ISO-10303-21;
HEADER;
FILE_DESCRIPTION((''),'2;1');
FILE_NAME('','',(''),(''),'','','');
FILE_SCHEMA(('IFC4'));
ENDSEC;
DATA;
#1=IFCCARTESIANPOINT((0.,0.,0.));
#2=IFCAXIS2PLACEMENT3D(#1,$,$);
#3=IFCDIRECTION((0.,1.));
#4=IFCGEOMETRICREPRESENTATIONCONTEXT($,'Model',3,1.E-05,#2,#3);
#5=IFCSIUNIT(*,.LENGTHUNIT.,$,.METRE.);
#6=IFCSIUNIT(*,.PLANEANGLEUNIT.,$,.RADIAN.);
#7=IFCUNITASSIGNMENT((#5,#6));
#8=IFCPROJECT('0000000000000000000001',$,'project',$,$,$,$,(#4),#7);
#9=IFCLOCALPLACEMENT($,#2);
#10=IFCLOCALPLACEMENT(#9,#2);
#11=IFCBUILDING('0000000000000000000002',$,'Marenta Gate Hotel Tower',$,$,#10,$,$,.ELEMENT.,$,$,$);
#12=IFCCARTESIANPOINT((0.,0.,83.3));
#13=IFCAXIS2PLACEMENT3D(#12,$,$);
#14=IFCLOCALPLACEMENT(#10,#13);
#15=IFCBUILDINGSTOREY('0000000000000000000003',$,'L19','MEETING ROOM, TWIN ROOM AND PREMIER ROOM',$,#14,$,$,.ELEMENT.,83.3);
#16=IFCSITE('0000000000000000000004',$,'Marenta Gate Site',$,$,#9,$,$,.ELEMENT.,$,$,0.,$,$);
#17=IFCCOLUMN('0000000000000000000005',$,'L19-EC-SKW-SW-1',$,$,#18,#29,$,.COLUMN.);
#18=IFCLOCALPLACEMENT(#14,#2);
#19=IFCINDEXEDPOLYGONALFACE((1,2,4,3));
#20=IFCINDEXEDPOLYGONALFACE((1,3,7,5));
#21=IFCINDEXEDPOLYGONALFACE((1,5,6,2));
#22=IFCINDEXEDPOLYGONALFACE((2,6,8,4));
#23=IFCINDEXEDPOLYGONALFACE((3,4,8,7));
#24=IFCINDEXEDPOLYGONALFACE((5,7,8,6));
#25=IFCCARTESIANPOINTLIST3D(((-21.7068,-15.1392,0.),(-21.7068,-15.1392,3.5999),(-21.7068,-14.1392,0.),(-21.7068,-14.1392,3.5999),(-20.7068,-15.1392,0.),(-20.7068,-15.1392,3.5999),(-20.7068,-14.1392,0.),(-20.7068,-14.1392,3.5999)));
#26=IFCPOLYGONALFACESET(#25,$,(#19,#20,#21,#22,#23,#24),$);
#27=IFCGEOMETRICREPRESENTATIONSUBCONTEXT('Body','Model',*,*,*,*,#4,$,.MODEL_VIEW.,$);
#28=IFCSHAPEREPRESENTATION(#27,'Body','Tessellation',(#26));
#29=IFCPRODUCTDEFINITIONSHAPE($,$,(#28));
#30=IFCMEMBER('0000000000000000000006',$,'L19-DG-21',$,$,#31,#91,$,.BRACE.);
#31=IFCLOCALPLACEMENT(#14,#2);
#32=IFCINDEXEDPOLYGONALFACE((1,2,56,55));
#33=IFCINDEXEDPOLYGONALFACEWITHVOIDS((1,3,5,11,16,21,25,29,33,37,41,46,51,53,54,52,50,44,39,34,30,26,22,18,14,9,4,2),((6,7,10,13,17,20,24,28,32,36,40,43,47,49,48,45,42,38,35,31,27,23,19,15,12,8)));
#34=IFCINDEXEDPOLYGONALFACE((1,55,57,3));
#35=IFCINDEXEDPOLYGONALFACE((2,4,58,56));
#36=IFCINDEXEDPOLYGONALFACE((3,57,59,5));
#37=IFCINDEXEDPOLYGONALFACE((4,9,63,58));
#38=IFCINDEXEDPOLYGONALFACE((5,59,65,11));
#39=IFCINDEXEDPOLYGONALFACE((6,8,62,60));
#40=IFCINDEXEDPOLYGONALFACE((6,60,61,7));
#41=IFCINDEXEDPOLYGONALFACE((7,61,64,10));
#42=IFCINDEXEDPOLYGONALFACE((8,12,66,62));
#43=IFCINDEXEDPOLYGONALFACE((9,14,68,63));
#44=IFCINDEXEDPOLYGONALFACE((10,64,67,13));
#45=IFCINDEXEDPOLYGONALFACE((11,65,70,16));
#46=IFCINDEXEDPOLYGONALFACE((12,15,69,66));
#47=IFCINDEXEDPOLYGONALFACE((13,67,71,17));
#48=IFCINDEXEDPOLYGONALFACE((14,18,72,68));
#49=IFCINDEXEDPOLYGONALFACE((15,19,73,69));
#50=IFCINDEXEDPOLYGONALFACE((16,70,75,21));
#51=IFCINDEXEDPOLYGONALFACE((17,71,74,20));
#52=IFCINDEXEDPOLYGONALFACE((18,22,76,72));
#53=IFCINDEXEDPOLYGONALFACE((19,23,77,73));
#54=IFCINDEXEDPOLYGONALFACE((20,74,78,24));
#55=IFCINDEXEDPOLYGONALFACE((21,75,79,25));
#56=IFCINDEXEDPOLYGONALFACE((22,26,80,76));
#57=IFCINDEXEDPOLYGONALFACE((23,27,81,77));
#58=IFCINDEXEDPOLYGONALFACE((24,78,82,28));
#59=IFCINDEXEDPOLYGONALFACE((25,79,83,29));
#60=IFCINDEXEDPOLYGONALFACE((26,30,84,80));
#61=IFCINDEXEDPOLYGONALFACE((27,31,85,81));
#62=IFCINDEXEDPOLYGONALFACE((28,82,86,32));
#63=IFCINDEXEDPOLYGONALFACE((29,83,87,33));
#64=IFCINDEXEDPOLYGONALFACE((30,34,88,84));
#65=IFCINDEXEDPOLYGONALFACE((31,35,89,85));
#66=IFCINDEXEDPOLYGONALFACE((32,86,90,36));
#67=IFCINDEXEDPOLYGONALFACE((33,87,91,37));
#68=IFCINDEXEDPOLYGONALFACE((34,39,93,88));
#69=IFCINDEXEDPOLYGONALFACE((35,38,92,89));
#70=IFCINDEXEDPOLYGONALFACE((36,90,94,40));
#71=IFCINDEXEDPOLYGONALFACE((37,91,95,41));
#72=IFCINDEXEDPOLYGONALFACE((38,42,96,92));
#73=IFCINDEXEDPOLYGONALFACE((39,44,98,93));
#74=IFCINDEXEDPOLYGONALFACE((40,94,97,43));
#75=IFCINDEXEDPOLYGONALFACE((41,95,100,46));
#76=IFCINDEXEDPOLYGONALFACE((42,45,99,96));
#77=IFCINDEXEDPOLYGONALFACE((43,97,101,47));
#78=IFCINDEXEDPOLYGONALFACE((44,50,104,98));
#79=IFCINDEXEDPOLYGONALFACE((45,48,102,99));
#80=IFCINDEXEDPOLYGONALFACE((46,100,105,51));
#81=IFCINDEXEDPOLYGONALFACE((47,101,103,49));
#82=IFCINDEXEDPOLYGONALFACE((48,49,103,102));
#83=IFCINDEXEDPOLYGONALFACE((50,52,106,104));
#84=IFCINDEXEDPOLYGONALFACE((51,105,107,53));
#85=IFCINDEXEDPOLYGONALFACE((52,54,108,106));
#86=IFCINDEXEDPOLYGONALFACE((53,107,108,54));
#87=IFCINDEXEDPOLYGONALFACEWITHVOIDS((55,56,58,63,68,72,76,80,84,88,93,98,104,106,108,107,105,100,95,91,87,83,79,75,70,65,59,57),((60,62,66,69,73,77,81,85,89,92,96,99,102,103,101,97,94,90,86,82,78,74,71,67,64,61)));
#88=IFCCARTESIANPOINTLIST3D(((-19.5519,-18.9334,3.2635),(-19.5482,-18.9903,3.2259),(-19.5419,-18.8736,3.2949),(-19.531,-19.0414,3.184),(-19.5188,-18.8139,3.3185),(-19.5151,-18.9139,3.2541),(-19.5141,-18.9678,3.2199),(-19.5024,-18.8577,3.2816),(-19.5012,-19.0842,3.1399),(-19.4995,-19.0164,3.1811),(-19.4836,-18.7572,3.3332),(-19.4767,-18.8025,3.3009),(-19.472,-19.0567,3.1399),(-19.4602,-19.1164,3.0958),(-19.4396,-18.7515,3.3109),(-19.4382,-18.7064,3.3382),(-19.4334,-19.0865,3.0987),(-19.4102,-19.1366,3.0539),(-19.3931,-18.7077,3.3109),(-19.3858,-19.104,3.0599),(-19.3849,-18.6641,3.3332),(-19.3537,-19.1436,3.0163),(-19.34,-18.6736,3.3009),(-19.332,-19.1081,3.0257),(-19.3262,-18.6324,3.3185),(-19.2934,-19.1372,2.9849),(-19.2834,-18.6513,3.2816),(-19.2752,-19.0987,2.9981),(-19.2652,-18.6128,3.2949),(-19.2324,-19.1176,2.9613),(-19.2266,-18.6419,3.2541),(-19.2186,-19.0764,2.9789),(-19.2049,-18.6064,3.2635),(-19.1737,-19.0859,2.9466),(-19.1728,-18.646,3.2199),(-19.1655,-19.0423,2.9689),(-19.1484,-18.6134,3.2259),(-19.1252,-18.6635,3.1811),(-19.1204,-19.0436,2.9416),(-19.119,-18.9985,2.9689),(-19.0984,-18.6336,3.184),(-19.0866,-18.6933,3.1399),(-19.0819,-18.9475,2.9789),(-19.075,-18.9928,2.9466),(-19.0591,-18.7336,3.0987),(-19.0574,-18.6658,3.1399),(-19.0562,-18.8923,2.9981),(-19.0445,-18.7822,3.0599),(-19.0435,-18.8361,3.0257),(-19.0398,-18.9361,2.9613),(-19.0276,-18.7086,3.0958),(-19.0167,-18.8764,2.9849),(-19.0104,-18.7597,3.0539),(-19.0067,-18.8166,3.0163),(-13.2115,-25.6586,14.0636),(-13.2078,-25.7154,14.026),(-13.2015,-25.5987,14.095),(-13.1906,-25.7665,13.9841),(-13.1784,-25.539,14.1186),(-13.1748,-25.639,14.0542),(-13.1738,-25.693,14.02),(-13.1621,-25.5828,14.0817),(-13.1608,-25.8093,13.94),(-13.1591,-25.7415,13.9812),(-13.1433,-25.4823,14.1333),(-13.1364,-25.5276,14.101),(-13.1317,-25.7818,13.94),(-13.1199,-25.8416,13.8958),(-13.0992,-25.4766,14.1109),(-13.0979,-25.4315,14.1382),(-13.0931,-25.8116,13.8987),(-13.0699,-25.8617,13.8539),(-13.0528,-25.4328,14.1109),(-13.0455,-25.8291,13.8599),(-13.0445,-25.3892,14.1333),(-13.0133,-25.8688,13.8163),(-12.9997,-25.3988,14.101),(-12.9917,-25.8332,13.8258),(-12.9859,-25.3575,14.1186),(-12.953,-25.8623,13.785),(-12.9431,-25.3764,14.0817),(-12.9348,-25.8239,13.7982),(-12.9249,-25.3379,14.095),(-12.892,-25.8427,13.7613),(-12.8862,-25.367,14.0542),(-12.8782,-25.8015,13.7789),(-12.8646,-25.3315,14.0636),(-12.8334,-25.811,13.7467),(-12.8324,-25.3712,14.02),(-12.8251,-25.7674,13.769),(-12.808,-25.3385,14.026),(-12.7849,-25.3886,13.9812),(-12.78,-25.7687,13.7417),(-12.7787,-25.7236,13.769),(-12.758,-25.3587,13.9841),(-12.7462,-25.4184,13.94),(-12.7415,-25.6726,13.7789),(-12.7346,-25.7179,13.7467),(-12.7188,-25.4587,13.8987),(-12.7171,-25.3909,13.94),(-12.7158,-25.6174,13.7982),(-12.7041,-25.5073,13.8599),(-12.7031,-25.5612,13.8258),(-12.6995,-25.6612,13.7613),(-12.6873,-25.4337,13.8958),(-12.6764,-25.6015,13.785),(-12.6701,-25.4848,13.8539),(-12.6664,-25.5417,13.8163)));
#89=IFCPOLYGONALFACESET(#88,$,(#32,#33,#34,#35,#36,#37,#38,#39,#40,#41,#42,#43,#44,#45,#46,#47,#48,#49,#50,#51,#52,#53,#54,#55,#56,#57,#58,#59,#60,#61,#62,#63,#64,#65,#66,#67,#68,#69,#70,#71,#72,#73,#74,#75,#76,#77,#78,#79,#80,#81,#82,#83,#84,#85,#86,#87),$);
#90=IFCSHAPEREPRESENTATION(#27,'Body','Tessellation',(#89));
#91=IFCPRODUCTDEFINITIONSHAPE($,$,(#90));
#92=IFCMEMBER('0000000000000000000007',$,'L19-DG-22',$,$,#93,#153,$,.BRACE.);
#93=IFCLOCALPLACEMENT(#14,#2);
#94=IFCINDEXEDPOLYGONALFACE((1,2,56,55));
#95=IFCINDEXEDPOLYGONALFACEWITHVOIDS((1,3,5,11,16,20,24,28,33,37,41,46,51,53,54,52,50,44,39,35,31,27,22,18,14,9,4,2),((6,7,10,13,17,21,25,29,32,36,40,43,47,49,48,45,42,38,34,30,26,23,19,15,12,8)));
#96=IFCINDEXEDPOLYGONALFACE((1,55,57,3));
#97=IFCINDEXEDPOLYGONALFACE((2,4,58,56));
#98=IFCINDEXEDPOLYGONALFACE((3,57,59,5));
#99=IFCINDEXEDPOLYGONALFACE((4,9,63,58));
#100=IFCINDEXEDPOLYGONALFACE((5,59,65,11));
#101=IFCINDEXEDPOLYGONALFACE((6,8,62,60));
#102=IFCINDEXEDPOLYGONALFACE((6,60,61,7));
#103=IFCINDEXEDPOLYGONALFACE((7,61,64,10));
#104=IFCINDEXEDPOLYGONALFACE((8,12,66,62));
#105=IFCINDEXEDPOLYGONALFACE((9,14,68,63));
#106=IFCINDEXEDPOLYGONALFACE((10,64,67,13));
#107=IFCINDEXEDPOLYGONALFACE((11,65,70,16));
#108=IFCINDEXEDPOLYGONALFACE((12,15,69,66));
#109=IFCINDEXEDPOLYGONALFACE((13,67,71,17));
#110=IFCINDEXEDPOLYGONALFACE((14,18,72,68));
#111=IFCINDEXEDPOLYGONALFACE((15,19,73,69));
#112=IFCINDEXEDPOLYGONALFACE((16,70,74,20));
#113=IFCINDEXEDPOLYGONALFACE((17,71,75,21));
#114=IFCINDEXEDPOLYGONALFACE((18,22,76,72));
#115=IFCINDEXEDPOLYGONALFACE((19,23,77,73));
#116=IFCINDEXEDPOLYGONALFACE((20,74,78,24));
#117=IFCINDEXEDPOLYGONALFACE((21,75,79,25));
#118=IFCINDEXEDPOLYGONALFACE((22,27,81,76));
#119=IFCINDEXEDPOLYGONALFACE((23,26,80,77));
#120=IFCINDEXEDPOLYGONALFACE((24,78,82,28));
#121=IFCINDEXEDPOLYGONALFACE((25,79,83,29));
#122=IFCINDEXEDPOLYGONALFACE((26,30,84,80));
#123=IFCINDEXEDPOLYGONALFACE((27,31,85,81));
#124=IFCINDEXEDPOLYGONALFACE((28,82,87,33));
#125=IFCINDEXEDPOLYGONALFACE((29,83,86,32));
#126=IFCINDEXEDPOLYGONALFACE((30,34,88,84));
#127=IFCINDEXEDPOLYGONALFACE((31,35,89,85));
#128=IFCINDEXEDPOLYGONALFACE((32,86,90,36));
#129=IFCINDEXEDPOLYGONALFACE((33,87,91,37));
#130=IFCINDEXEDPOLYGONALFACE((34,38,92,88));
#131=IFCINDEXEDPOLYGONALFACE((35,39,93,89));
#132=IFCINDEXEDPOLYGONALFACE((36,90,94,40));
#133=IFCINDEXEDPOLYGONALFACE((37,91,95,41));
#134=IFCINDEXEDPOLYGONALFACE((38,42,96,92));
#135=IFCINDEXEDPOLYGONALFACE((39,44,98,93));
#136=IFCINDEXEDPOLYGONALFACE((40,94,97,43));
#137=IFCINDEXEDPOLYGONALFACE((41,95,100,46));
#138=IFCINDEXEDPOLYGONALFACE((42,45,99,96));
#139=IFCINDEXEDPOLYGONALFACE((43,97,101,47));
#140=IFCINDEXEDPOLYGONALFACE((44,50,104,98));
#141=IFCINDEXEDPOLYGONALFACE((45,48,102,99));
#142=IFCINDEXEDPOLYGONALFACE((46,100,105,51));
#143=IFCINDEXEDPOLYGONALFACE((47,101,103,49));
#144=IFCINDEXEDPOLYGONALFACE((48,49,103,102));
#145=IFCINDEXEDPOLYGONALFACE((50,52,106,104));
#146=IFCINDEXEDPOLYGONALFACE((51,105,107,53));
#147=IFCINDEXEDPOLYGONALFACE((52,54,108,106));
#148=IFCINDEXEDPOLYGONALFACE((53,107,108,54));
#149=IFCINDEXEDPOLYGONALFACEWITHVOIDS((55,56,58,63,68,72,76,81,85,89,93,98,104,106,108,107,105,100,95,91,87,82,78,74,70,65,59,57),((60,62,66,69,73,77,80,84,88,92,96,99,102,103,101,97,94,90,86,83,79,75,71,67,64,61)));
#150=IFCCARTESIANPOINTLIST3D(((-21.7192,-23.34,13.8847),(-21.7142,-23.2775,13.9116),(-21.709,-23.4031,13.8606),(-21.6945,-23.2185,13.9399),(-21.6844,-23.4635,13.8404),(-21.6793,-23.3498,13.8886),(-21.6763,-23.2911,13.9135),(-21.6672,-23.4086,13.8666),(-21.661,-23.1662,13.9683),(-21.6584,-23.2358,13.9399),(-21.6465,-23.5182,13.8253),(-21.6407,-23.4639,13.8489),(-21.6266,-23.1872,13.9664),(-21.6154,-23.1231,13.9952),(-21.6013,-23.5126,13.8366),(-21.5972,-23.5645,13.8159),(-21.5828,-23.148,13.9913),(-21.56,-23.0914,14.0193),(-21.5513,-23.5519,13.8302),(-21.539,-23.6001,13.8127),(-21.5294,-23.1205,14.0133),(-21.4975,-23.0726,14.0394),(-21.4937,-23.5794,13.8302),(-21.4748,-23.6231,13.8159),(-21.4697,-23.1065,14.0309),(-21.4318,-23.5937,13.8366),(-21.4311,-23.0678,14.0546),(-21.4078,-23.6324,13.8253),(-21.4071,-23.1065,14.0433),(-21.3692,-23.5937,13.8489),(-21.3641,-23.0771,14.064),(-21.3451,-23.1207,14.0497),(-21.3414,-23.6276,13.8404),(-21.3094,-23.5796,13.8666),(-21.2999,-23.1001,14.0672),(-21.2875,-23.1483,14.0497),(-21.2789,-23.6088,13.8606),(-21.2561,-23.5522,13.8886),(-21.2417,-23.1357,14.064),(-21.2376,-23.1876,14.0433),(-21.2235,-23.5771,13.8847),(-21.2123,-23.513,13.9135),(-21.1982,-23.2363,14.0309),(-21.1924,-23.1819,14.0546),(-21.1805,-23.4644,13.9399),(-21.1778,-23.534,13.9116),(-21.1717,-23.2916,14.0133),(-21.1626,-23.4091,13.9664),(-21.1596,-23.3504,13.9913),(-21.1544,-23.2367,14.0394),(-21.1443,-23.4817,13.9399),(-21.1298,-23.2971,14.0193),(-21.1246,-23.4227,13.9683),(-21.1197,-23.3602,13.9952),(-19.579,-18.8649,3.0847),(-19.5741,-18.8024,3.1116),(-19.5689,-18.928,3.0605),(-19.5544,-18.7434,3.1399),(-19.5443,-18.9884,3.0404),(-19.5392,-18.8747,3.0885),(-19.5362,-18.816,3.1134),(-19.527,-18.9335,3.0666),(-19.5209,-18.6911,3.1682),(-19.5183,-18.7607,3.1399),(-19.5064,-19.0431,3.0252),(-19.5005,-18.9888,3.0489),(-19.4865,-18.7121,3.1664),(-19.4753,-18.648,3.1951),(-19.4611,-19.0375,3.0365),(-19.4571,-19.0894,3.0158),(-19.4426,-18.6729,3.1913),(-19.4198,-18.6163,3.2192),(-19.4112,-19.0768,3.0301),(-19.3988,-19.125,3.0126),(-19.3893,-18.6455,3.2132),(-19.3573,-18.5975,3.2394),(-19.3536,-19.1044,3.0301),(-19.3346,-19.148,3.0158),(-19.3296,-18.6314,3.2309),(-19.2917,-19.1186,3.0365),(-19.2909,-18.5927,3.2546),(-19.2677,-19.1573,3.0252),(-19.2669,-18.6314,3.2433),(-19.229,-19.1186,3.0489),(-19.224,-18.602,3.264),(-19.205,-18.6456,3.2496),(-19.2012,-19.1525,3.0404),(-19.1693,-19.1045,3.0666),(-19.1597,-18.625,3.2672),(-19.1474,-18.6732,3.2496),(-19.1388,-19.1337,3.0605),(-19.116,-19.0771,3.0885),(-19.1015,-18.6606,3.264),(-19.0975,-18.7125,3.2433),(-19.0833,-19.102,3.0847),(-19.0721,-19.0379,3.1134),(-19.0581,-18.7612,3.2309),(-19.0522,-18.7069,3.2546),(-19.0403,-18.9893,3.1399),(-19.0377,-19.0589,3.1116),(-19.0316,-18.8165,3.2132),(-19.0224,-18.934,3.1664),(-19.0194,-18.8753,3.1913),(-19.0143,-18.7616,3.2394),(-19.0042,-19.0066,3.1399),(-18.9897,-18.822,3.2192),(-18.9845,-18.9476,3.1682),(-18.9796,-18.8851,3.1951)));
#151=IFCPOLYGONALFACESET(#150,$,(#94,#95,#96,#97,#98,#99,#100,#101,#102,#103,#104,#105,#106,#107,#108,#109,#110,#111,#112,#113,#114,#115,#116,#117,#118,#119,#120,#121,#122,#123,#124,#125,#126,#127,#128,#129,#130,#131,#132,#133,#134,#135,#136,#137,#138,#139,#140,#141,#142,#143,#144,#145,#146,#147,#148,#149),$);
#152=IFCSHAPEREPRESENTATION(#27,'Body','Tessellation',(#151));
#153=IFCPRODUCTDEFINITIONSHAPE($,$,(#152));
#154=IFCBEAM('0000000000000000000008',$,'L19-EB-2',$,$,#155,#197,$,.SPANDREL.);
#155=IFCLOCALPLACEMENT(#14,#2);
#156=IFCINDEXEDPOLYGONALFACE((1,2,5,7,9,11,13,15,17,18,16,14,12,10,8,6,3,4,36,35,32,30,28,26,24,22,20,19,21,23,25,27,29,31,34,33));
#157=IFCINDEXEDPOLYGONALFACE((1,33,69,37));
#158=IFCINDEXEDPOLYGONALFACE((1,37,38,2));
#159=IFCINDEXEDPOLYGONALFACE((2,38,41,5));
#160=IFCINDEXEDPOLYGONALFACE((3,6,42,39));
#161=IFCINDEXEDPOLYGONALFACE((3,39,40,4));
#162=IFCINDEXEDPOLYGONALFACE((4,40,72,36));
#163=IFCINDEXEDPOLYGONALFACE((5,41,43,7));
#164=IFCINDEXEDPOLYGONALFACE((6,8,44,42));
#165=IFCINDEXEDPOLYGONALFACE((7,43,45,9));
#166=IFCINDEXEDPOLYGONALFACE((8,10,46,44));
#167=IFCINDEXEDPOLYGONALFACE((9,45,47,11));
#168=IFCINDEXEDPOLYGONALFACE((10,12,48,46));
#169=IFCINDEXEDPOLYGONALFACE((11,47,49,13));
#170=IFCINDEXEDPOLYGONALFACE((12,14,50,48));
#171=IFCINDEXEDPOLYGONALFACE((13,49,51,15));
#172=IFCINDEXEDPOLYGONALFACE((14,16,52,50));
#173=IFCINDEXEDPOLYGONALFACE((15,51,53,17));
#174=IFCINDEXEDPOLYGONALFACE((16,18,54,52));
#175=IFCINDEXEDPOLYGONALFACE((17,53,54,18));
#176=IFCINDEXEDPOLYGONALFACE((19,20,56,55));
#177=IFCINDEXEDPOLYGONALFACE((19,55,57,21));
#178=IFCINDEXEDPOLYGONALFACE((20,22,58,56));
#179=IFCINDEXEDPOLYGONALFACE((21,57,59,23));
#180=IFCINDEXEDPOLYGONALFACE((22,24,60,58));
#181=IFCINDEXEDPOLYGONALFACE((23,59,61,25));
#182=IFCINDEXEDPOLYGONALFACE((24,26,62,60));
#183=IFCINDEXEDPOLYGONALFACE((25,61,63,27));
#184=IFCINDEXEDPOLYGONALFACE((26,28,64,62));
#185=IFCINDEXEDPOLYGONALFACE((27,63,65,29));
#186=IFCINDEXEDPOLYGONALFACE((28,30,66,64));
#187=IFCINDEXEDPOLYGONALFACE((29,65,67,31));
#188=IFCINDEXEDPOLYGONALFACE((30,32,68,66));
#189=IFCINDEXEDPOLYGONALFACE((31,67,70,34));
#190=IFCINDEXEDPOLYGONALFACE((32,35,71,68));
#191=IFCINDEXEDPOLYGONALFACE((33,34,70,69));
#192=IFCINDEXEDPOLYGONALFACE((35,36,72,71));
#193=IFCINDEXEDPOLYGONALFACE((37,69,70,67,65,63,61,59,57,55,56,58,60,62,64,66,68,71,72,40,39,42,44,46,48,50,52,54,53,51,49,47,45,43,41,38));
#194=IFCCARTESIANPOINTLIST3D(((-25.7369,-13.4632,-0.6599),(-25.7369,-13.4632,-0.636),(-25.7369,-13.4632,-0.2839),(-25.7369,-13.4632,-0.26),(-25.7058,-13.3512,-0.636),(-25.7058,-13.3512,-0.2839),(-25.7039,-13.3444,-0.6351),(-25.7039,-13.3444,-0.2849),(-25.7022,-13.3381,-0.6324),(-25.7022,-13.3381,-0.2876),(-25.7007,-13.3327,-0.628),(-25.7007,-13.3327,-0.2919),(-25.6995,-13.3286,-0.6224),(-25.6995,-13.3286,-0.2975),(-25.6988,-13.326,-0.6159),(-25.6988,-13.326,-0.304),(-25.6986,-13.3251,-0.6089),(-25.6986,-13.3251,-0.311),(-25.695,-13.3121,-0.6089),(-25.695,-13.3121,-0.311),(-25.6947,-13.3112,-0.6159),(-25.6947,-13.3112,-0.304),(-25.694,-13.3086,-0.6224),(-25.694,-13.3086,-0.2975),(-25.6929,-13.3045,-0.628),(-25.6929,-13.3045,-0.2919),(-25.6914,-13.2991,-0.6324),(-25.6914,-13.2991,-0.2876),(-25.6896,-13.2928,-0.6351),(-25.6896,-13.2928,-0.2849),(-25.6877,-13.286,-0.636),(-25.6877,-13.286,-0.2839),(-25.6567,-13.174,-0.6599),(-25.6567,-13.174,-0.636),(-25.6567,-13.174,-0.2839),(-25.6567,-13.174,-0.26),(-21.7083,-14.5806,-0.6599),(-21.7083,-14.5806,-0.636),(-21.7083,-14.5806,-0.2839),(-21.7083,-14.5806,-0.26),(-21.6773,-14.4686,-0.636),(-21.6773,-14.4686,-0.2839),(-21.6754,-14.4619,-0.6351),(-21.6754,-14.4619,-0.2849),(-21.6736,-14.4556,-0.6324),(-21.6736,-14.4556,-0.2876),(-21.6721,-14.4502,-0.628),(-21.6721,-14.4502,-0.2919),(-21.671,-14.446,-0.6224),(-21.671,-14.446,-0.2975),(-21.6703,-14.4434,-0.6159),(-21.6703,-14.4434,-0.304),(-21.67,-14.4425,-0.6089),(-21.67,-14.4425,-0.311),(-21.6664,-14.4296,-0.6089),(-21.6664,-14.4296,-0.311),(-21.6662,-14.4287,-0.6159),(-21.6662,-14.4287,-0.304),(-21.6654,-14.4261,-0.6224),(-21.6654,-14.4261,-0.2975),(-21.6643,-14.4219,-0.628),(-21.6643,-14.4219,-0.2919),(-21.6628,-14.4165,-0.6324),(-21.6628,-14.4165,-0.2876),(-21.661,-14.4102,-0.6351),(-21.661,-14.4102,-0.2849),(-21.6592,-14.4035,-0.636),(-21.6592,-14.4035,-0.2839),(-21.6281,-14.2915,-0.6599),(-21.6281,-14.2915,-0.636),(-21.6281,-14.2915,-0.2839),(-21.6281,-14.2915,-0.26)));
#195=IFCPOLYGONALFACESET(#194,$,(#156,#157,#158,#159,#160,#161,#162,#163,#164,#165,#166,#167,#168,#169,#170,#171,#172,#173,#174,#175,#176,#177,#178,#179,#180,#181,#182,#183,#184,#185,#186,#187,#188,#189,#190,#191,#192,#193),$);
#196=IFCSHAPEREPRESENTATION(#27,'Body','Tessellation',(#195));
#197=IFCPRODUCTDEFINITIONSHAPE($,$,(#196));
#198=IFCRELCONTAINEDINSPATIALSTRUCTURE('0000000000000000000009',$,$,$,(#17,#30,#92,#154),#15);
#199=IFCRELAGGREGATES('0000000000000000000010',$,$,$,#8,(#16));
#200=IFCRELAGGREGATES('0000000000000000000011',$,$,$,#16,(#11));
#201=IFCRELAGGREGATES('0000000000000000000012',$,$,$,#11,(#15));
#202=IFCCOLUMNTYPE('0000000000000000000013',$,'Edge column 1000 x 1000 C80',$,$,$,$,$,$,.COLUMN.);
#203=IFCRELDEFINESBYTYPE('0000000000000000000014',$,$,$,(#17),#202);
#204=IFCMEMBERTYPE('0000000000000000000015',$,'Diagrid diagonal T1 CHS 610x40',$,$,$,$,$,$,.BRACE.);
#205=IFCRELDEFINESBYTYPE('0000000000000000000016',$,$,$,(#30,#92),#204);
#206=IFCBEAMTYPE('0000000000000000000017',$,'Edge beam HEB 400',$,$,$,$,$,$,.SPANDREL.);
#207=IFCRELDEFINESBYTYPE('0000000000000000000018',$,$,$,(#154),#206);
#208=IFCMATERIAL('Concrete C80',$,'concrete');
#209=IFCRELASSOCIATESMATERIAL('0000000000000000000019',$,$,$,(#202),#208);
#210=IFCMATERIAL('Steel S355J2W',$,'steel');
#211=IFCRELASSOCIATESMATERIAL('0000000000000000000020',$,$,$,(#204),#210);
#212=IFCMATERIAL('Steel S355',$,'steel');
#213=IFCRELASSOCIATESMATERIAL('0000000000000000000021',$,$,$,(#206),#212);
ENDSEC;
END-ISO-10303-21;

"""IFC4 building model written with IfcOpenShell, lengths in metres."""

from ifc_helpers import new_model, si_unit, direction, frame, origin, origin_2d, place, context, subcontext, project, spatial, rectangle, hollow_circle, i_section, extrude, material, material_profile, profile_set, type_object, element, save


model = new_model("IFC4")

# Units and contexts
model_context = context("Model", 3, precision=1e-05, world=origin(), true_north=direction((0.0, 1.0)))
body_context = subcontext(model_context, "Body", "Model", "MODEL_VIEW")
ifc_project = project(units=[si_unit("LENGTHUNIT", "METRE"), si_unit("PLANEANGLEUNIT", "RADIAN")], contexts=[model_context])

# Site, building, storey
site_placement = place(None, origin())
site = spatial("IfcSite", under=ifc_project, at=site_placement, Name="Marenta Gate Site", CompositionType="ELEMENT", RefElevation=0.0)
building_placement = place(site_placement, origin())
building = spatial("IfcBuilding", under=site, at=building_placement, Name="Marenta Gate Hotel Tower", CompositionType="ELEMENT")
storey_placement = place(building_placement, frame((0.0, 0.0, 83.3)))
storey = spatial("IfcBuildingStorey", under=building, at=storey_placement, Name="L19", Description="MEETING ROOM, TWIN ROOM AND PREMIER ROOM", CompositionType="ELEMENT", Elevation=83.3)

# Column
ifc_material_1 = material(Name="Concrete C80", Category="concrete")
ifc_material_profile_1 = material_profile(ifc_material_1, rectangle(XDim=1.0, YDim=1.0, at=origin_2d()), Name="1000 x 1000")
ifc_profile_set_1 = profile_set([ifc_material_profile_1], Name="Concrete C80")
column_type = type_object("IfcColumnType", Name="Edge column 1000 x 1000 C80", PredefinedType="COLUMN", material=ifc_profile_set_1)
column_placement = place(storey_placement, frame((-21.2068, -14.6392, 0.0), z_axis=(0.0, 0.0, 1.0), x_axis=(1.0, 0.0, 0.0)))
element("IfcColumn", 1, at=column_placement, inside=storey, type_object=column_type, Name="L19-EC-SKW-SW-1", PredefinedType="COLUMN", context=body_context, shape_type="SweptSolid", body=[
    extrude(rectangle(XDim=1.0, YDim=1.0, at=origin_2d()), origin(), (0.0, 0.0, 1.0), 3.5999),
])

# Members
ifc_material_2 = material(Name="Steel S355J2W", Category="steel")
ifc_material_profile_2 = material_profile(ifc_material_2, hollow_circle(Radius=0.3049, WallThickness=0.04, at=origin_2d()), Name="CHS 610x40")
ifc_profile_set_2 = profile_set([ifc_material_profile_2], Name="Steel S355J2W")
member_type_1 = type_object("IfcMemberType", Name="Diagrid diagonal T1 CHS 610x40", PredefinedType="BRACE", material=ifc_profile_set_2)
member_1_placement = place(storey_placement, frame((-19.2793, -18.875, 3.1399), z_axis=(0.446029, -0.473097, 0.759761), x_axis=(0.727615, 0.685986, 0.0)))
element("IfcMember", 2, at=member_1_placement, inside=storey, type_object=member_type_1, Name="L19-DG-21", PredefinedType="BRACE", context=body_context, shape_type="SweptSolid", body=[
    extrude(hollow_circle(Radius=0.3049, WallThickness=0.04, at=origin_2d()), origin(), (0.0, 0.0, 1.0), 14.2151),
])
member_2_placement = place(storey_placement, frame((-19.2793, -18.875, 3.1399), z_axis=(-0.180074, -0.376541, 0.90873), x_axis=(0.902144, -0.431435, 0.0)))
element("IfcMember", 3, at=member_2_placement, inside=storey, type_object=member_type_1, Name="L19-DG-22", PredefinedType="BRACE", context=body_context, shape_type="SweptSolid", body=[
    extrude(hollow_circle(Radius=0.3049, WallThickness=0.04, at=origin_2d()), origin(), (0.0, 0.0, 1.0), 11.8848),
])

# Beam
ifc_material_3 = material(Name="Steel S355", Category="steel")
ifc_material_profile_3 = material_profile(ifc_material_3, i_section(OverallWidth=0.3, OverallDepth=0.3999, WebThickness=0.0134, FlangeThickness=0.0239, FilletRadius=0.0271, at=origin_2d()), Name="HEB 400")
ifc_profile_set_3 = profile_set([ifc_material_profile_3], Name="Steel S355")
beam_type = type_object("IfcBeamType", Name="Edge beam HEB 400", PredefinedType="SPANDREL", material=ifc_profile_set_3)
beam_placement = place(storey_placement, frame((-21.6682, -14.436, -0.46), z_axis=(-0.963617, 0.267285, 0.0), x_axis=(-0.267285, -0.963617, 0.0)))
element("IfcBeam", 4, at=beam_placement, inside=storey, type_object=beam_type, Name="L19-EB-2", PredefinedType="SPANDREL", context=body_context, shape_type="SweptSolid", body=[
    extrude(i_section(OverallWidth=0.3, OverallDepth=0.3999, WebThickness=0.0134, FlangeThickness=0.0239, FilletRadius=0.0271, at=origin_2d()), origin(), (0.0, 0.0, 1.0), 4.1807),
])

save(model, "model.ifc")
